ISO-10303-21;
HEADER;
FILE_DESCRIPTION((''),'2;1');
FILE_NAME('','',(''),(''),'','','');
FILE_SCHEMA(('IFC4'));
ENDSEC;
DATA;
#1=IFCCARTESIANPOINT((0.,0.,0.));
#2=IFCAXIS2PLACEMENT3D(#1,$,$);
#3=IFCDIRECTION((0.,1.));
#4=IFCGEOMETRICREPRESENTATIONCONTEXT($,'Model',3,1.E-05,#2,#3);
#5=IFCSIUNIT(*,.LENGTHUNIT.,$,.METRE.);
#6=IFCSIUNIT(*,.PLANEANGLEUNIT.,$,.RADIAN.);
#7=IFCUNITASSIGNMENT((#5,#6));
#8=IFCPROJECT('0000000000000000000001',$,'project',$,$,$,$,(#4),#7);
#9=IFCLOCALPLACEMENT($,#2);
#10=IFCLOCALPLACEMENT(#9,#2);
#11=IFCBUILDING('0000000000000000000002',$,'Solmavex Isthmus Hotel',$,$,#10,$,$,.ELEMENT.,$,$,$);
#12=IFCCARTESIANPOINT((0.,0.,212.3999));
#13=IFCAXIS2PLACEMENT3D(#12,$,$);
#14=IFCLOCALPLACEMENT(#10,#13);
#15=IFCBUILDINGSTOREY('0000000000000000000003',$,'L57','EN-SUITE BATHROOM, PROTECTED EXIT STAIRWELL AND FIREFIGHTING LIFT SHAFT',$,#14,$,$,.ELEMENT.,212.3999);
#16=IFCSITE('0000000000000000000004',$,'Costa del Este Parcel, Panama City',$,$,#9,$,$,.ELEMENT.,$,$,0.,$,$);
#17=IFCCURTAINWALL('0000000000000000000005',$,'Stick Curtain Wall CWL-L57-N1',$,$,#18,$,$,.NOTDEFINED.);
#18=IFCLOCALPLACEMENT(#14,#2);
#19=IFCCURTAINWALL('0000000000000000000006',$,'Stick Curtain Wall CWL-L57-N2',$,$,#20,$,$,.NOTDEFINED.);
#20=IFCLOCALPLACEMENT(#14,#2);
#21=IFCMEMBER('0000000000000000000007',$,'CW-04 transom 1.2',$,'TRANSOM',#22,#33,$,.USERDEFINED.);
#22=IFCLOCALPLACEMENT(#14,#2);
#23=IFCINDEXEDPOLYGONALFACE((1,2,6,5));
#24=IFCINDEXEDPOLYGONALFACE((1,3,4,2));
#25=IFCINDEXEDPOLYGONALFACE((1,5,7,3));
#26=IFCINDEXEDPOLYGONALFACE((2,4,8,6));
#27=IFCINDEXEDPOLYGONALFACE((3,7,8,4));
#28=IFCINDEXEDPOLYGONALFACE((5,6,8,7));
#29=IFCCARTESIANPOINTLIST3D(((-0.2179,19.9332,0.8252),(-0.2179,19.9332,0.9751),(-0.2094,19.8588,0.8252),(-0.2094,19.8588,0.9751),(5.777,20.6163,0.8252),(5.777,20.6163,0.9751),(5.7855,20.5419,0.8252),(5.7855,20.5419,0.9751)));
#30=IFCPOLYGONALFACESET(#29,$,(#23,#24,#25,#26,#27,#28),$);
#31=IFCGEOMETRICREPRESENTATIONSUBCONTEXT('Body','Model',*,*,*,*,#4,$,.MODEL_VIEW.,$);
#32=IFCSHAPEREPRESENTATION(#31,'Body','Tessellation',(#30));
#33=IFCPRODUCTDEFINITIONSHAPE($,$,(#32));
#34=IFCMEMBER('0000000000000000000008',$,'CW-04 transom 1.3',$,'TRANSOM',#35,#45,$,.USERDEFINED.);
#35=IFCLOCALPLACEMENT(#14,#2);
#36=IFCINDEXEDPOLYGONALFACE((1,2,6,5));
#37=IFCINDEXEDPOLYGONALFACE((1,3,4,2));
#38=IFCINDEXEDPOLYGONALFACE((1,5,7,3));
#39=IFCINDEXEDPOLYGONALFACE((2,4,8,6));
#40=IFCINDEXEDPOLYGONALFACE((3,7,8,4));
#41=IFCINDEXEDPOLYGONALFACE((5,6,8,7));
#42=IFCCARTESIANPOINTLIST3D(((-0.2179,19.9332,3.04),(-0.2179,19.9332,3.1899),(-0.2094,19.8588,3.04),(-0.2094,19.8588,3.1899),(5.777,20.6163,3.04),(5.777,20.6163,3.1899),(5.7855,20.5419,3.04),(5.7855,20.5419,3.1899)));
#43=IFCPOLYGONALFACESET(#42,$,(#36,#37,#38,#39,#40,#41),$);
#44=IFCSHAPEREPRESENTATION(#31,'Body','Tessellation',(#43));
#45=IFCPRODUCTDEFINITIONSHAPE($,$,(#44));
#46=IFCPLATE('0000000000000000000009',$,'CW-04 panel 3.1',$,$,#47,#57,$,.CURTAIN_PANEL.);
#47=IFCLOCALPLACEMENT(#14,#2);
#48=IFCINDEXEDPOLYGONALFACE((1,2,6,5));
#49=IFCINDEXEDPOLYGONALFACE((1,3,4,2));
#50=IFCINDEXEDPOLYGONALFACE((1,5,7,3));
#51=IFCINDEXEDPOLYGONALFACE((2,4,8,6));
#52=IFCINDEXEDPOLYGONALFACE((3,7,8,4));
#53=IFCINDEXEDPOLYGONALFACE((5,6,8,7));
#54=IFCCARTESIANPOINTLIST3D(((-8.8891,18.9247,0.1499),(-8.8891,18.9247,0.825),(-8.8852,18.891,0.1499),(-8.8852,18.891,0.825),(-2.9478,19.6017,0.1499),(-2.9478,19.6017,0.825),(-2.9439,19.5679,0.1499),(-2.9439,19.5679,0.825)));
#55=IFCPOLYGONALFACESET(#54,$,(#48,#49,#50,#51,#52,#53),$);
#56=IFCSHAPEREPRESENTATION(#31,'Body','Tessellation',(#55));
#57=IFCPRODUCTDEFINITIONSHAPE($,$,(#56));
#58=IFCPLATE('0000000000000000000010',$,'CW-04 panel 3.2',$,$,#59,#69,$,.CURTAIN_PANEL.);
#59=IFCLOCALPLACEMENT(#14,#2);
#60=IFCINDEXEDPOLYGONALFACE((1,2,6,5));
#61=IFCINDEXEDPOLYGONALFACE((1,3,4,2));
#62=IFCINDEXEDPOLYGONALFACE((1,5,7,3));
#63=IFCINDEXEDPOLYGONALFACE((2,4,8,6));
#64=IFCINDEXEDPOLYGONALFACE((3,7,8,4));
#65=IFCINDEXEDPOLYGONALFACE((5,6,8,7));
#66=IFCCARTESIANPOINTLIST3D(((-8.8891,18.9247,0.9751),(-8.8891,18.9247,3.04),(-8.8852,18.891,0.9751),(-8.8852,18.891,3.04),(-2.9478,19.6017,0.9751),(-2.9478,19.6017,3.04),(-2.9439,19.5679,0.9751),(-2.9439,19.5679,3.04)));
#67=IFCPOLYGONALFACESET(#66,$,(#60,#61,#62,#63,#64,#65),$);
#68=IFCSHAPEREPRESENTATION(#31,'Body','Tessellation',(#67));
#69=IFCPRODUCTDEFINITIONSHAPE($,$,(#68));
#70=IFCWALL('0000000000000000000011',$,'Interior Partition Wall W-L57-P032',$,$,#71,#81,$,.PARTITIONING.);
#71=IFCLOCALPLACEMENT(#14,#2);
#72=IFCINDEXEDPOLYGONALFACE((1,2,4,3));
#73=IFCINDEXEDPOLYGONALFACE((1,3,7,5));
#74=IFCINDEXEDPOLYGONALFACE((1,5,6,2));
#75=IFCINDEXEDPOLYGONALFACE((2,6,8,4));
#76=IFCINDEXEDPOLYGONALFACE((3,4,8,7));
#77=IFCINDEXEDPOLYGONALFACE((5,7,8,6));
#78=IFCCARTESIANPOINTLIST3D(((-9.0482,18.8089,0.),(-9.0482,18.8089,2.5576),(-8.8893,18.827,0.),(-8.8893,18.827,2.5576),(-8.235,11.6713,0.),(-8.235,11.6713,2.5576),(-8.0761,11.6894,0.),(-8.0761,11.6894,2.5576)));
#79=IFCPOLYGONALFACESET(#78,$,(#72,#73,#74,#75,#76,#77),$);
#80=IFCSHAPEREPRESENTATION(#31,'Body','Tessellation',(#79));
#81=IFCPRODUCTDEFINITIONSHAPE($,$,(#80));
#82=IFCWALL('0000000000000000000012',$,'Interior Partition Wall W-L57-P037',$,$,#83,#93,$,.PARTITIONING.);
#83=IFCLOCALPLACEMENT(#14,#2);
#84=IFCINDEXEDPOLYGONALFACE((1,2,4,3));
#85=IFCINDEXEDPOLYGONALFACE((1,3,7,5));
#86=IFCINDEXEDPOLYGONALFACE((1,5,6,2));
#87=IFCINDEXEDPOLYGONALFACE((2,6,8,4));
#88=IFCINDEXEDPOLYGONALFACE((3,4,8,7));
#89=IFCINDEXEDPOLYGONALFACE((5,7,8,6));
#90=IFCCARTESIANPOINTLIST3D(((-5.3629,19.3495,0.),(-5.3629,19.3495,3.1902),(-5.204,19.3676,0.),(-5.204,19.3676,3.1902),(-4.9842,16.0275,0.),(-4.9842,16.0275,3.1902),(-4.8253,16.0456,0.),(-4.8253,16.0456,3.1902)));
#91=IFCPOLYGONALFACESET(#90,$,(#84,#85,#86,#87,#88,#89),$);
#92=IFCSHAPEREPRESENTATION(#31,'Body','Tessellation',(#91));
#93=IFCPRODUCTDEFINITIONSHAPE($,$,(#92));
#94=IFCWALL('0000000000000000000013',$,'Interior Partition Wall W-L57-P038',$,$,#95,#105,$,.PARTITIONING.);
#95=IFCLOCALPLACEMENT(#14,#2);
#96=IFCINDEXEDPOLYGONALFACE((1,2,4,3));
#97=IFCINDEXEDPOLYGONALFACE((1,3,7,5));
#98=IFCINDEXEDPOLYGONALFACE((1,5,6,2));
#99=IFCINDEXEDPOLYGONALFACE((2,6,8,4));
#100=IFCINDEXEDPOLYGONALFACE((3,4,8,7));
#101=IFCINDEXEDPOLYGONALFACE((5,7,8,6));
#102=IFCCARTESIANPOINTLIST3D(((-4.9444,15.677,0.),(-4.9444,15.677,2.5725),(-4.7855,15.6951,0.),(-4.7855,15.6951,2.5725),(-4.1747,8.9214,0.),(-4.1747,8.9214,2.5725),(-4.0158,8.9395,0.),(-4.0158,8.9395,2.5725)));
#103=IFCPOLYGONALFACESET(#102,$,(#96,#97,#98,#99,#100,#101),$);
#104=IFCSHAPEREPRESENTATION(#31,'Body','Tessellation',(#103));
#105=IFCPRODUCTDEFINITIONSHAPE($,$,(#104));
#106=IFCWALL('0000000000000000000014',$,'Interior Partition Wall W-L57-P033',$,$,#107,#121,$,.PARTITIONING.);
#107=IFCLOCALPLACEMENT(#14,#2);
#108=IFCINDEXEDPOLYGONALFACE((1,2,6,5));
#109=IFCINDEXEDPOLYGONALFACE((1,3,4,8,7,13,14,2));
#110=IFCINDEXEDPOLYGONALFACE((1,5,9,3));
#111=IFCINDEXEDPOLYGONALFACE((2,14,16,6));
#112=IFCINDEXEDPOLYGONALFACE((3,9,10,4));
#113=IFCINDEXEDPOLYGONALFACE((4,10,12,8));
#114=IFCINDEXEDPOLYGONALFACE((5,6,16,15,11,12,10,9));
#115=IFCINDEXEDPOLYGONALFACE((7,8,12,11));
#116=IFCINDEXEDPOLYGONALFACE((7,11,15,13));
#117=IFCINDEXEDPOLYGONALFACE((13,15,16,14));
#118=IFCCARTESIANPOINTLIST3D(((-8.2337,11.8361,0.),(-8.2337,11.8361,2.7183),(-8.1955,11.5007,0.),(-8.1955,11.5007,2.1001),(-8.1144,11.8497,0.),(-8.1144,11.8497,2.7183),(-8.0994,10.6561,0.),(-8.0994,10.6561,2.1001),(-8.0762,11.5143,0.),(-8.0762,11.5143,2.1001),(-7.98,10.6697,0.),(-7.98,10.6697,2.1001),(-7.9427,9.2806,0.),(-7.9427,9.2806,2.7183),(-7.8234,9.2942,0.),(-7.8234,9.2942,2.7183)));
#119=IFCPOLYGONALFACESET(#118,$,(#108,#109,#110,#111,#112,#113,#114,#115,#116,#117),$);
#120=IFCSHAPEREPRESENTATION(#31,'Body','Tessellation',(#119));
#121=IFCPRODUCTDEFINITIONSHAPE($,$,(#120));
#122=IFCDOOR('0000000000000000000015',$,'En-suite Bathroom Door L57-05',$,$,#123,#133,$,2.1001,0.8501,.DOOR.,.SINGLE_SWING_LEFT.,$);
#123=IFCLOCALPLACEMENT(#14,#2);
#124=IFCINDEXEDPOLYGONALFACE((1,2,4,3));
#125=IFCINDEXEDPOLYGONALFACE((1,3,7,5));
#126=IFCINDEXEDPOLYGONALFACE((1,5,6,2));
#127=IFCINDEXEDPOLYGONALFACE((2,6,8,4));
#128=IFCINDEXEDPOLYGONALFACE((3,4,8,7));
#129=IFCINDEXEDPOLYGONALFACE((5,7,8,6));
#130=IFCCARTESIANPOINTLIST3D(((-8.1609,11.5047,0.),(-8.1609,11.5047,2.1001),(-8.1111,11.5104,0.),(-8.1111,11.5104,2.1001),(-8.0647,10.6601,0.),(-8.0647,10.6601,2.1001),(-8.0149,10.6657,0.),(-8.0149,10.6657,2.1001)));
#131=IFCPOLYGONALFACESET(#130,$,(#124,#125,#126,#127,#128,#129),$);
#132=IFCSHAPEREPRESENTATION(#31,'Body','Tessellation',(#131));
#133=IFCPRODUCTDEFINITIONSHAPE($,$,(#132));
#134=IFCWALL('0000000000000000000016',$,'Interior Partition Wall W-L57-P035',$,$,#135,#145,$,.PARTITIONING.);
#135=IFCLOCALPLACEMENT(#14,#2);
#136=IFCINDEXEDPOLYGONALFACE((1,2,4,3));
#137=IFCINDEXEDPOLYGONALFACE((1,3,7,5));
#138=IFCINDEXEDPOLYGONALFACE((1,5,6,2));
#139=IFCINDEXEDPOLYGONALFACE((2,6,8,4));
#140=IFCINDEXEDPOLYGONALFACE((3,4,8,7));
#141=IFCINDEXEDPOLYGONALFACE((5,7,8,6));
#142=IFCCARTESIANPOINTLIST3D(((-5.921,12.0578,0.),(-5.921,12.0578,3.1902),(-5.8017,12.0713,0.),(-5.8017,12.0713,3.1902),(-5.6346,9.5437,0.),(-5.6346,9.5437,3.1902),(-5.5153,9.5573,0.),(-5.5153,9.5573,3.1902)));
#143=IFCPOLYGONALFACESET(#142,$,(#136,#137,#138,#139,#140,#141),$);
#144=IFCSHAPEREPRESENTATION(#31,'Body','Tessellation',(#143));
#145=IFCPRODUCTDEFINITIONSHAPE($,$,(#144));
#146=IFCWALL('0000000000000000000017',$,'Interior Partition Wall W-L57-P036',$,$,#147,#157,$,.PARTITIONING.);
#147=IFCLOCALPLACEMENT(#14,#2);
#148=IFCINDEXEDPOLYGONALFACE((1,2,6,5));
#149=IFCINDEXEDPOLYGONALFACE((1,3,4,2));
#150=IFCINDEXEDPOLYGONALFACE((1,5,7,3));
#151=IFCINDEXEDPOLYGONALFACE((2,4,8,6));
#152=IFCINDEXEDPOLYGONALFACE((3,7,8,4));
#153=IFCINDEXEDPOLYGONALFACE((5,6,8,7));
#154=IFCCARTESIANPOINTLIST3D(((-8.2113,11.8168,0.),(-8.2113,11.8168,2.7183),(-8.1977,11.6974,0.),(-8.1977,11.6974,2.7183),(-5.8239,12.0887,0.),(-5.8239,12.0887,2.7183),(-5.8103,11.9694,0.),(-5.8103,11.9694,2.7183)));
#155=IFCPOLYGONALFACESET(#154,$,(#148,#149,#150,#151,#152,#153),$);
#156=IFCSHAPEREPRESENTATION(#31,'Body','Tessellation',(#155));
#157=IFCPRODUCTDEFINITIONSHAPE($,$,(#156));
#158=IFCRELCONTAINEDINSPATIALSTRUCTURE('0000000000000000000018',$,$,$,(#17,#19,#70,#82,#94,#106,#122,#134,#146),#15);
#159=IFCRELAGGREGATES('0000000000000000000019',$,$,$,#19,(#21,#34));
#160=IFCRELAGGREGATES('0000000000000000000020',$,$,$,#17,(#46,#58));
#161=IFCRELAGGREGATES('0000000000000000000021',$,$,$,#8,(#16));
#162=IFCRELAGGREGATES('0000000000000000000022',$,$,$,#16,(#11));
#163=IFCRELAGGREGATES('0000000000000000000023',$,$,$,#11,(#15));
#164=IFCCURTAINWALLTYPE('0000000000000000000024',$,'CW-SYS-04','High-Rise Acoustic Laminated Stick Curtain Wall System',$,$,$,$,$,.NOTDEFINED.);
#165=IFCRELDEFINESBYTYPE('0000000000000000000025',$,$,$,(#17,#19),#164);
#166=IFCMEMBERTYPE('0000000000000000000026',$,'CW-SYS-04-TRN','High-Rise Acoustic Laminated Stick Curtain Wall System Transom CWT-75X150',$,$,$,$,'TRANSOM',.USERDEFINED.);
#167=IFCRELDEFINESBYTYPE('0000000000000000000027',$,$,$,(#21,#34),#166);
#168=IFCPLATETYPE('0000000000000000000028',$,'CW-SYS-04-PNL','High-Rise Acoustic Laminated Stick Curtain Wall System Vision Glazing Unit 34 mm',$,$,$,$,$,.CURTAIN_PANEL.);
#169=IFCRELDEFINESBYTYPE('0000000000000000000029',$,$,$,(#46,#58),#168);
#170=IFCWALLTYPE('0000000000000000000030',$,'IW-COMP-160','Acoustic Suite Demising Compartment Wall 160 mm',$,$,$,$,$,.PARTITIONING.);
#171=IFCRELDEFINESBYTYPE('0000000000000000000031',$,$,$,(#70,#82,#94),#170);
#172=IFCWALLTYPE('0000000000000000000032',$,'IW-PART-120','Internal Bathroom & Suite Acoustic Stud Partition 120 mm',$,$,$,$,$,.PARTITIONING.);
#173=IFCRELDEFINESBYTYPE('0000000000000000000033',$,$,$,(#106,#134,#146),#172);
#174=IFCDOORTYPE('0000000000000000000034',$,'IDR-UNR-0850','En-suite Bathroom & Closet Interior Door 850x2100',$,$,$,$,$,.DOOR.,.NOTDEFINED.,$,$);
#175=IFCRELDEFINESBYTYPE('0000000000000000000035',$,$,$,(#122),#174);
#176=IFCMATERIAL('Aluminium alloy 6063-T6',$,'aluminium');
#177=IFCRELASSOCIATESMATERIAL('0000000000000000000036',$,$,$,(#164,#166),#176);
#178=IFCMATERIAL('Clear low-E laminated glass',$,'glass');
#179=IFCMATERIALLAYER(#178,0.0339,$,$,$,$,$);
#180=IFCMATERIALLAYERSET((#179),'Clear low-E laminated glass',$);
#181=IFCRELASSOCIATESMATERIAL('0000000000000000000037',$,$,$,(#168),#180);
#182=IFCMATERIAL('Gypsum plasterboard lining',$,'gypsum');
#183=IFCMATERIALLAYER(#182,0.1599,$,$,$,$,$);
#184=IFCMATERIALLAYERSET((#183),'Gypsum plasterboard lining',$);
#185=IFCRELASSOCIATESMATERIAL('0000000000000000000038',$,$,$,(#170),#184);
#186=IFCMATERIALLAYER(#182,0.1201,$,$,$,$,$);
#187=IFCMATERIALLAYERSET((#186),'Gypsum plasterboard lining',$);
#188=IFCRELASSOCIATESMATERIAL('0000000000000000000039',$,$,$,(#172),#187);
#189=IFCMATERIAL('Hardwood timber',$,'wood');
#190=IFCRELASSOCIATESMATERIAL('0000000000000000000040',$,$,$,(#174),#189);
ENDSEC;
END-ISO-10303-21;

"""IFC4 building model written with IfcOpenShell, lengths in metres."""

from ifc_helpers import new_model, si_unit, direction, frame, frame_2d, origin, origin_2d, place, context, subcontext, project, spatial, rectangle, extrude, material, layer, layer_set, material_profile, profile_set, type_object, element, fill, aggregate, save


model = new_model("IFC4")

# Units and contexts
model_context = context("Model", 3, precision=1e-05, world=origin(), true_north=direction((0.0, 1.0)))
body_context = subcontext(model_context, "Body", "Model", "MODEL_VIEW")
ifc_project = project(units=[si_unit("LENGTHUNIT", "METRE"), si_unit("PLANEANGLEUNIT", "RADIAN")], contexts=[model_context])

# Site, building, storey
site_placement = place(None, origin())
site = spatial("IfcSite", under=ifc_project, at=site_placement, Name="Costa del Este Parcel, Panama City", CompositionType="ELEMENT", RefElevation=0.0)
building_placement = place(site_placement, origin())
building = spatial("IfcBuilding", under=site, at=building_placement, Name="Solmavex Isthmus Hotel", CompositionType="ELEMENT")
storey_placement = place(building_placement, frame((0.0, 0.0, 212.3999)))
storey = spatial("IfcBuildingStorey", under=building, at=storey_placement, Name="L57", Description="EN-SUITE BATHROOM, PROTECTED EXIT STAIRWELL AND FIREFIGHTING LIFT SHAFT", CompositionType="ELEMENT", Elevation=212.3999)

# Curtain wall
ifc_material_1 = material(Name="Aluminium alloy 6063-T6", Category="aluminium")
curtain_wall_type = type_object("IfcCurtainWallType", Name="CW-SYS-04", Description="High-Rise Acoustic Laminated Stick Curtain Wall System", PredefinedType="NOTDEFINED", material=ifc_material_1)
curtain_wall_1_placement = place(storey_placement, origin())
curtain_wall_1 = element("IfcCurtainWall", 1, at=curtain_wall_1_placement, inside=storey, type_object=curtain_wall_type, Name="Stick Curtain Wall CWL-L57-N1", PredefinedType="NOTDEFINED")

# Curtain wall
curtain_wall_2_placement = place(storey_placement, origin())
curtain_wall_2 = element("IfcCurtainWall", 2, at=curtain_wall_2_placement, inside=storey, type_object=curtain_wall_type, Name="Stick Curtain Wall CWL-L57-N2", PredefinedType="NOTDEFINED")

# Members
ifc_material_profile_1 = material_profile(ifc_material_1, rectangle(XDim=0.075, YDim=0.1499, at=origin_2d()), Name="CWT-75X150")
ifc_profile_set_1 = profile_set([ifc_material_profile_1], Name="Aluminium alloy 6063-T6")
member_type_1 = type_object("IfcMemberType", Name="CW-SYS-04-TRN", Description="High-Rise Acoustic Laminated Stick Curtain Wall System Transom CWT-75X150", ElementType="TRANSOM", PredefinedType="USERDEFINED", material=ifc_profile_set_1)
member_1_placement = place(storey_placement, frame((-0.2136, 19.896, 0.9001), z_axis=(0.99357, 0.113216, 0.0), x_axis=(-0.113216, 0.99357, 0.0)))
member_1 = element("IfcMember", 3, at=member_1_placement, type_object=member_type_1, Name="CW-04 transom 1.2", ObjectType="TRANSOM", PredefinedType="USERDEFINED", context=body_context, shape_type="SweptSolid", body=[
    extrude(rectangle(XDim=0.075, YDim=0.1499, at=origin_2d()), origin(), (0.0, 0.0, 1.0), 6.0337),
])
member_2_placement = place(storey_placement, frame((-0.2136, 19.896, 3.115), z_axis=(0.99357, 0.113216, 0.0), x_axis=(-0.113216, 0.99357, 0.0)))
member_2 = element("IfcMember", 4, at=member_2_placement, type_object=member_type_1, Name="CW-04 transom 1.3", ObjectType="TRANSOM", PredefinedType="USERDEFINED", context=body_context, shape_type="SweptSolid", body=[
    extrude(rectangle(XDim=0.075, YDim=0.1499, at=origin_2d()), origin(), (0.0, 0.0, 1.0), 6.0337),
])
aggregate(curtain_wall_2, [member_1, member_2])

# Plates
ifc_material_2 = material(Name="Clear low-E laminated glass", Category="glass")
ifc_layer_1 = layer(ifc_material_2, 0.0339)
ifc_layer_set_1 = layer_set([ifc_layer_1], Name="Clear low-E laminated glass")
plate_type = type_object("IfcPlateType", Name="CW-SYS-04-PNL", Description="High-Rise Acoustic Laminated Stick Curtain Wall System Vision Glazing Unit 34 mm", PredefinedType="CURTAIN_PANEL", material=ifc_layer_set_1)
plate_1_placement = place(storey_placement, frame((-5.9165, 19.2463, 0.1499), z_axis=(0.0, 0.0, 1.0), x_axis=(0.993572, 0.113203, 0.0)))
plate_1 = element("IfcPlate", 5, at=plate_1_placement, type_object=plate_type, Name="CW-04 panel 3.1", PredefinedType="CURTAIN_PANEL", context=body_context, shape_type="SweptSolid", body=[
    extrude(rectangle(XDim=5.9797, YDim=0.0339, at=origin_2d()), origin(), (0.0, 0.0, 1.0), 0.675),
])
plate_2_placement = place(storey_placement, frame((-5.9165, 19.2463, 0.9751), z_axis=(0.0, 0.0, 1.0), x_axis=(0.993572, 0.113203, 0.0)))
plate_2 = element("IfcPlate", 6, at=plate_2_placement, type_object=plate_type, Name="CW-04 panel 3.2", PredefinedType="CURTAIN_PANEL", context=body_context, shape_type="SweptSolid", body=[
    extrude(rectangle(XDim=5.9797, YDim=0.0339, at=origin_2d()), origin(), (0.0, 0.0, 1.0), 2.0649),
])
aggregate(curtain_wall_1, [plate_1, plate_2])

# Walls
ifc_material_3 = material(Name="Gypsum plasterboard lining", Category="gypsum")
ifc_layer_2 = layer(ifc_material_3, 0.1599)
ifc_layer_set_2 = layer_set([ifc_layer_2], Name="Gypsum plasterboard lining")
wall_type_1 = type_object("IfcWallType", Name="IW-COMP-160", Description="Acoustic Suite Demising Compartment Wall 160 mm", PredefinedType="PARTITIONING", material=ifc_layer_set_2)
wall_1_placement = place(storey_placement, frame((-8.9688, 18.8179, 0.0), z_axis=(0.0, 0.0, 1.0), x_axis=(0.113202, -0.993572, 0.0)))
element("IfcWall", 7, at=wall_1_placement, inside=storey, type_object=wall_type_1, Name="Interior Partition Wall W-L57-P032", PredefinedType="PARTITIONING", context=body_context, shape_type="SweptSolid", body=[
    extrude(rectangle(XDim=7.1838, YDim=0.1599, at=frame_2d((3.5918, 0.0))), origin(), (0.0, 0.0, 1.0), 2.5576),
])
wall_2_placement = place(storey_placement, frame((-5.2834, 19.3586, 0.0), z_axis=(0.0, 0.0, 1.0), x_axis=(0.113252, -0.993566, 0.0)))
element("IfcWall", 8, at=wall_2_placement, inside=storey, type_object=wall_type_1, Name="Interior Partition Wall W-L57-P037", PredefinedType="PARTITIONING", context=body_context, shape_type="SweptSolid", body=[
    extrude(rectangle(XDim=3.3435, YDim=0.1599, at=frame_2d((1.6719, 0.0))), origin(), (0.0, 0.0, 1.0), 3.1902),
])
wall_3_placement = place(storey_placement, frame((-4.865, 15.686, 0.0), z_axis=(0.0, 0.0, 1.0), x_axis=(0.113213, -0.993571, 0.0)))
element("IfcWall", 9, at=wall_3_placement, inside=storey, type_object=wall_type_1, Name="Interior Partition Wall W-L57-P038", PredefinedType="PARTITIONING", context=body_context, shape_type="SweptSolid", body=[
    extrude(rectangle(XDim=6.7993, YDim=0.1599, at=frame_2d((3.3997, 0.0))), origin(), (0.0, 0.0, 1.0), 2.5725),
])

# Wall, opening, door
ifc_layer_3 = layer(ifc_material_3, 0.1201)
ifc_layer_set_3 = layer_set([ifc_layer_3], Name="Gypsum plasterboard lining")
wall_type_2 = type_object("IfcWallType", Name="IW-PART-120", Description="Internal Bathroom & Suite Acoustic Stud Partition 120 mm", PredefinedType="PARTITIONING", material=ifc_layer_set_3)
wall_4_placement = place(storey_placement, frame((-8.1741, 11.843, 0.0), z_axis=(0.0, 0.0, 1.0), x_axis=(0.11315, -0.993578, 0.0)))
wall_4 = element("IfcWall", 10, at=wall_4_placement, inside=storey, type_object=wall_type_2, Name="Interior Partition Wall W-L57-P033", PredefinedType="PARTITIONING", context=body_context, shape_type="SweptSolid", body=[
    extrude(rectangle(XDim=2.572, YDim=0.1201, at=frame_2d((1.2861, 0.0))), origin(), (0.0, 0.0, 1.0), 2.7183),
])
opening_1_placement = place(wall_4_placement, frame((0.3376, 0.0, 0.0)))
opening_1 = element("IfcOpeningElement", 11, at=opening_1_placement, cuts=wall_4, PredefinedType="OPENING", context=body_context, shape_type="SweptSolid", body=[
    extrude(rectangle(XDim=0.8501, YDim=2.1001, at=frame_2d((0.425, 1.05))), frame((0.0, 0.0701, 0.0), z_axis=(0.0, -1.0, 0.0), x_axis=(1.0, 0.0, 0.0)), (0.0, 0.0, 1.0), 0.1401),
])
ifc_material_4 = material(Name="Hardwood timber", Category="wood")
door_type_1 = type_object("IfcDoorType", Name="IDR-UNR-0850", Description="En-suite Bathroom & Closet Interior Door 850x2100", OperationType="NOTDEFINED", PredefinedType="DOOR", material=ifc_material_4)
door_1_placement = place(opening_1_placement, origin())
door_1 = element("IfcDoor", 12, at=door_1_placement, inside=storey, type_object=door_type_1, Name="En-suite Bathroom Door L57-05", OperationType="SINGLE_SWING_LEFT", OverallHeight=2.1001, OverallWidth=0.8501, PredefinedType="DOOR", context=body_context, shape_type="SweptSolid", body=[
    extrude(rectangle(XDim=0.8501, YDim=2.1001, at=frame_2d((0.425, 1.05))), frame((0.0, 0.0249, 0.0), z_axis=(0.0, -1.0, 0.0), x_axis=(1.0, 0.0, 0.0)), (0.0, 0.0, 1.0), 0.05),
])
fill(opening_1, door_1)

# Walls
wall_5_placement = place(storey_placement, frame((-5.575, 9.5505, 0.0), z_axis=(0.0, 0.0, 1.0), x_axis=(-0.113185, 0.993574, 0.0)))
element("IfcWall", 13, at=wall_5_placement, inside=storey, type_object=wall_type_2, Name="Interior Partition Wall W-L57-P035", PredefinedType="PARTITIONING", context=body_context, shape_type="SweptSolid", body=[
    extrude(rectangle(XDim=2.5303, YDim=0.1201, at=frame_2d((1.2651, 0.0))), origin(), (0.0, 0.0, 1.0), 3.1902),
])
wall_6_placement = place(storey_placement, frame((-5.8171, 12.0291, 0.0), z_axis=(0.0, 0.0, 1.0), x_axis=(-0.993574, -0.113186, 0.0)))
element("IfcWall", 14, at=wall_6_placement, inside=storey, type_object=wall_type_2, Name="Interior Partition Wall W-L57-P036", PredefinedType="PARTITIONING", context=body_context, shape_type="SweptSolid", body=[
    extrude(rectangle(XDim=2.4028, YDim=0.1201, at=frame_2d((1.2014, 0.0))), origin(), (0.0, 0.0, 1.0), 2.7183),
])

save(model, "model.ifc")
